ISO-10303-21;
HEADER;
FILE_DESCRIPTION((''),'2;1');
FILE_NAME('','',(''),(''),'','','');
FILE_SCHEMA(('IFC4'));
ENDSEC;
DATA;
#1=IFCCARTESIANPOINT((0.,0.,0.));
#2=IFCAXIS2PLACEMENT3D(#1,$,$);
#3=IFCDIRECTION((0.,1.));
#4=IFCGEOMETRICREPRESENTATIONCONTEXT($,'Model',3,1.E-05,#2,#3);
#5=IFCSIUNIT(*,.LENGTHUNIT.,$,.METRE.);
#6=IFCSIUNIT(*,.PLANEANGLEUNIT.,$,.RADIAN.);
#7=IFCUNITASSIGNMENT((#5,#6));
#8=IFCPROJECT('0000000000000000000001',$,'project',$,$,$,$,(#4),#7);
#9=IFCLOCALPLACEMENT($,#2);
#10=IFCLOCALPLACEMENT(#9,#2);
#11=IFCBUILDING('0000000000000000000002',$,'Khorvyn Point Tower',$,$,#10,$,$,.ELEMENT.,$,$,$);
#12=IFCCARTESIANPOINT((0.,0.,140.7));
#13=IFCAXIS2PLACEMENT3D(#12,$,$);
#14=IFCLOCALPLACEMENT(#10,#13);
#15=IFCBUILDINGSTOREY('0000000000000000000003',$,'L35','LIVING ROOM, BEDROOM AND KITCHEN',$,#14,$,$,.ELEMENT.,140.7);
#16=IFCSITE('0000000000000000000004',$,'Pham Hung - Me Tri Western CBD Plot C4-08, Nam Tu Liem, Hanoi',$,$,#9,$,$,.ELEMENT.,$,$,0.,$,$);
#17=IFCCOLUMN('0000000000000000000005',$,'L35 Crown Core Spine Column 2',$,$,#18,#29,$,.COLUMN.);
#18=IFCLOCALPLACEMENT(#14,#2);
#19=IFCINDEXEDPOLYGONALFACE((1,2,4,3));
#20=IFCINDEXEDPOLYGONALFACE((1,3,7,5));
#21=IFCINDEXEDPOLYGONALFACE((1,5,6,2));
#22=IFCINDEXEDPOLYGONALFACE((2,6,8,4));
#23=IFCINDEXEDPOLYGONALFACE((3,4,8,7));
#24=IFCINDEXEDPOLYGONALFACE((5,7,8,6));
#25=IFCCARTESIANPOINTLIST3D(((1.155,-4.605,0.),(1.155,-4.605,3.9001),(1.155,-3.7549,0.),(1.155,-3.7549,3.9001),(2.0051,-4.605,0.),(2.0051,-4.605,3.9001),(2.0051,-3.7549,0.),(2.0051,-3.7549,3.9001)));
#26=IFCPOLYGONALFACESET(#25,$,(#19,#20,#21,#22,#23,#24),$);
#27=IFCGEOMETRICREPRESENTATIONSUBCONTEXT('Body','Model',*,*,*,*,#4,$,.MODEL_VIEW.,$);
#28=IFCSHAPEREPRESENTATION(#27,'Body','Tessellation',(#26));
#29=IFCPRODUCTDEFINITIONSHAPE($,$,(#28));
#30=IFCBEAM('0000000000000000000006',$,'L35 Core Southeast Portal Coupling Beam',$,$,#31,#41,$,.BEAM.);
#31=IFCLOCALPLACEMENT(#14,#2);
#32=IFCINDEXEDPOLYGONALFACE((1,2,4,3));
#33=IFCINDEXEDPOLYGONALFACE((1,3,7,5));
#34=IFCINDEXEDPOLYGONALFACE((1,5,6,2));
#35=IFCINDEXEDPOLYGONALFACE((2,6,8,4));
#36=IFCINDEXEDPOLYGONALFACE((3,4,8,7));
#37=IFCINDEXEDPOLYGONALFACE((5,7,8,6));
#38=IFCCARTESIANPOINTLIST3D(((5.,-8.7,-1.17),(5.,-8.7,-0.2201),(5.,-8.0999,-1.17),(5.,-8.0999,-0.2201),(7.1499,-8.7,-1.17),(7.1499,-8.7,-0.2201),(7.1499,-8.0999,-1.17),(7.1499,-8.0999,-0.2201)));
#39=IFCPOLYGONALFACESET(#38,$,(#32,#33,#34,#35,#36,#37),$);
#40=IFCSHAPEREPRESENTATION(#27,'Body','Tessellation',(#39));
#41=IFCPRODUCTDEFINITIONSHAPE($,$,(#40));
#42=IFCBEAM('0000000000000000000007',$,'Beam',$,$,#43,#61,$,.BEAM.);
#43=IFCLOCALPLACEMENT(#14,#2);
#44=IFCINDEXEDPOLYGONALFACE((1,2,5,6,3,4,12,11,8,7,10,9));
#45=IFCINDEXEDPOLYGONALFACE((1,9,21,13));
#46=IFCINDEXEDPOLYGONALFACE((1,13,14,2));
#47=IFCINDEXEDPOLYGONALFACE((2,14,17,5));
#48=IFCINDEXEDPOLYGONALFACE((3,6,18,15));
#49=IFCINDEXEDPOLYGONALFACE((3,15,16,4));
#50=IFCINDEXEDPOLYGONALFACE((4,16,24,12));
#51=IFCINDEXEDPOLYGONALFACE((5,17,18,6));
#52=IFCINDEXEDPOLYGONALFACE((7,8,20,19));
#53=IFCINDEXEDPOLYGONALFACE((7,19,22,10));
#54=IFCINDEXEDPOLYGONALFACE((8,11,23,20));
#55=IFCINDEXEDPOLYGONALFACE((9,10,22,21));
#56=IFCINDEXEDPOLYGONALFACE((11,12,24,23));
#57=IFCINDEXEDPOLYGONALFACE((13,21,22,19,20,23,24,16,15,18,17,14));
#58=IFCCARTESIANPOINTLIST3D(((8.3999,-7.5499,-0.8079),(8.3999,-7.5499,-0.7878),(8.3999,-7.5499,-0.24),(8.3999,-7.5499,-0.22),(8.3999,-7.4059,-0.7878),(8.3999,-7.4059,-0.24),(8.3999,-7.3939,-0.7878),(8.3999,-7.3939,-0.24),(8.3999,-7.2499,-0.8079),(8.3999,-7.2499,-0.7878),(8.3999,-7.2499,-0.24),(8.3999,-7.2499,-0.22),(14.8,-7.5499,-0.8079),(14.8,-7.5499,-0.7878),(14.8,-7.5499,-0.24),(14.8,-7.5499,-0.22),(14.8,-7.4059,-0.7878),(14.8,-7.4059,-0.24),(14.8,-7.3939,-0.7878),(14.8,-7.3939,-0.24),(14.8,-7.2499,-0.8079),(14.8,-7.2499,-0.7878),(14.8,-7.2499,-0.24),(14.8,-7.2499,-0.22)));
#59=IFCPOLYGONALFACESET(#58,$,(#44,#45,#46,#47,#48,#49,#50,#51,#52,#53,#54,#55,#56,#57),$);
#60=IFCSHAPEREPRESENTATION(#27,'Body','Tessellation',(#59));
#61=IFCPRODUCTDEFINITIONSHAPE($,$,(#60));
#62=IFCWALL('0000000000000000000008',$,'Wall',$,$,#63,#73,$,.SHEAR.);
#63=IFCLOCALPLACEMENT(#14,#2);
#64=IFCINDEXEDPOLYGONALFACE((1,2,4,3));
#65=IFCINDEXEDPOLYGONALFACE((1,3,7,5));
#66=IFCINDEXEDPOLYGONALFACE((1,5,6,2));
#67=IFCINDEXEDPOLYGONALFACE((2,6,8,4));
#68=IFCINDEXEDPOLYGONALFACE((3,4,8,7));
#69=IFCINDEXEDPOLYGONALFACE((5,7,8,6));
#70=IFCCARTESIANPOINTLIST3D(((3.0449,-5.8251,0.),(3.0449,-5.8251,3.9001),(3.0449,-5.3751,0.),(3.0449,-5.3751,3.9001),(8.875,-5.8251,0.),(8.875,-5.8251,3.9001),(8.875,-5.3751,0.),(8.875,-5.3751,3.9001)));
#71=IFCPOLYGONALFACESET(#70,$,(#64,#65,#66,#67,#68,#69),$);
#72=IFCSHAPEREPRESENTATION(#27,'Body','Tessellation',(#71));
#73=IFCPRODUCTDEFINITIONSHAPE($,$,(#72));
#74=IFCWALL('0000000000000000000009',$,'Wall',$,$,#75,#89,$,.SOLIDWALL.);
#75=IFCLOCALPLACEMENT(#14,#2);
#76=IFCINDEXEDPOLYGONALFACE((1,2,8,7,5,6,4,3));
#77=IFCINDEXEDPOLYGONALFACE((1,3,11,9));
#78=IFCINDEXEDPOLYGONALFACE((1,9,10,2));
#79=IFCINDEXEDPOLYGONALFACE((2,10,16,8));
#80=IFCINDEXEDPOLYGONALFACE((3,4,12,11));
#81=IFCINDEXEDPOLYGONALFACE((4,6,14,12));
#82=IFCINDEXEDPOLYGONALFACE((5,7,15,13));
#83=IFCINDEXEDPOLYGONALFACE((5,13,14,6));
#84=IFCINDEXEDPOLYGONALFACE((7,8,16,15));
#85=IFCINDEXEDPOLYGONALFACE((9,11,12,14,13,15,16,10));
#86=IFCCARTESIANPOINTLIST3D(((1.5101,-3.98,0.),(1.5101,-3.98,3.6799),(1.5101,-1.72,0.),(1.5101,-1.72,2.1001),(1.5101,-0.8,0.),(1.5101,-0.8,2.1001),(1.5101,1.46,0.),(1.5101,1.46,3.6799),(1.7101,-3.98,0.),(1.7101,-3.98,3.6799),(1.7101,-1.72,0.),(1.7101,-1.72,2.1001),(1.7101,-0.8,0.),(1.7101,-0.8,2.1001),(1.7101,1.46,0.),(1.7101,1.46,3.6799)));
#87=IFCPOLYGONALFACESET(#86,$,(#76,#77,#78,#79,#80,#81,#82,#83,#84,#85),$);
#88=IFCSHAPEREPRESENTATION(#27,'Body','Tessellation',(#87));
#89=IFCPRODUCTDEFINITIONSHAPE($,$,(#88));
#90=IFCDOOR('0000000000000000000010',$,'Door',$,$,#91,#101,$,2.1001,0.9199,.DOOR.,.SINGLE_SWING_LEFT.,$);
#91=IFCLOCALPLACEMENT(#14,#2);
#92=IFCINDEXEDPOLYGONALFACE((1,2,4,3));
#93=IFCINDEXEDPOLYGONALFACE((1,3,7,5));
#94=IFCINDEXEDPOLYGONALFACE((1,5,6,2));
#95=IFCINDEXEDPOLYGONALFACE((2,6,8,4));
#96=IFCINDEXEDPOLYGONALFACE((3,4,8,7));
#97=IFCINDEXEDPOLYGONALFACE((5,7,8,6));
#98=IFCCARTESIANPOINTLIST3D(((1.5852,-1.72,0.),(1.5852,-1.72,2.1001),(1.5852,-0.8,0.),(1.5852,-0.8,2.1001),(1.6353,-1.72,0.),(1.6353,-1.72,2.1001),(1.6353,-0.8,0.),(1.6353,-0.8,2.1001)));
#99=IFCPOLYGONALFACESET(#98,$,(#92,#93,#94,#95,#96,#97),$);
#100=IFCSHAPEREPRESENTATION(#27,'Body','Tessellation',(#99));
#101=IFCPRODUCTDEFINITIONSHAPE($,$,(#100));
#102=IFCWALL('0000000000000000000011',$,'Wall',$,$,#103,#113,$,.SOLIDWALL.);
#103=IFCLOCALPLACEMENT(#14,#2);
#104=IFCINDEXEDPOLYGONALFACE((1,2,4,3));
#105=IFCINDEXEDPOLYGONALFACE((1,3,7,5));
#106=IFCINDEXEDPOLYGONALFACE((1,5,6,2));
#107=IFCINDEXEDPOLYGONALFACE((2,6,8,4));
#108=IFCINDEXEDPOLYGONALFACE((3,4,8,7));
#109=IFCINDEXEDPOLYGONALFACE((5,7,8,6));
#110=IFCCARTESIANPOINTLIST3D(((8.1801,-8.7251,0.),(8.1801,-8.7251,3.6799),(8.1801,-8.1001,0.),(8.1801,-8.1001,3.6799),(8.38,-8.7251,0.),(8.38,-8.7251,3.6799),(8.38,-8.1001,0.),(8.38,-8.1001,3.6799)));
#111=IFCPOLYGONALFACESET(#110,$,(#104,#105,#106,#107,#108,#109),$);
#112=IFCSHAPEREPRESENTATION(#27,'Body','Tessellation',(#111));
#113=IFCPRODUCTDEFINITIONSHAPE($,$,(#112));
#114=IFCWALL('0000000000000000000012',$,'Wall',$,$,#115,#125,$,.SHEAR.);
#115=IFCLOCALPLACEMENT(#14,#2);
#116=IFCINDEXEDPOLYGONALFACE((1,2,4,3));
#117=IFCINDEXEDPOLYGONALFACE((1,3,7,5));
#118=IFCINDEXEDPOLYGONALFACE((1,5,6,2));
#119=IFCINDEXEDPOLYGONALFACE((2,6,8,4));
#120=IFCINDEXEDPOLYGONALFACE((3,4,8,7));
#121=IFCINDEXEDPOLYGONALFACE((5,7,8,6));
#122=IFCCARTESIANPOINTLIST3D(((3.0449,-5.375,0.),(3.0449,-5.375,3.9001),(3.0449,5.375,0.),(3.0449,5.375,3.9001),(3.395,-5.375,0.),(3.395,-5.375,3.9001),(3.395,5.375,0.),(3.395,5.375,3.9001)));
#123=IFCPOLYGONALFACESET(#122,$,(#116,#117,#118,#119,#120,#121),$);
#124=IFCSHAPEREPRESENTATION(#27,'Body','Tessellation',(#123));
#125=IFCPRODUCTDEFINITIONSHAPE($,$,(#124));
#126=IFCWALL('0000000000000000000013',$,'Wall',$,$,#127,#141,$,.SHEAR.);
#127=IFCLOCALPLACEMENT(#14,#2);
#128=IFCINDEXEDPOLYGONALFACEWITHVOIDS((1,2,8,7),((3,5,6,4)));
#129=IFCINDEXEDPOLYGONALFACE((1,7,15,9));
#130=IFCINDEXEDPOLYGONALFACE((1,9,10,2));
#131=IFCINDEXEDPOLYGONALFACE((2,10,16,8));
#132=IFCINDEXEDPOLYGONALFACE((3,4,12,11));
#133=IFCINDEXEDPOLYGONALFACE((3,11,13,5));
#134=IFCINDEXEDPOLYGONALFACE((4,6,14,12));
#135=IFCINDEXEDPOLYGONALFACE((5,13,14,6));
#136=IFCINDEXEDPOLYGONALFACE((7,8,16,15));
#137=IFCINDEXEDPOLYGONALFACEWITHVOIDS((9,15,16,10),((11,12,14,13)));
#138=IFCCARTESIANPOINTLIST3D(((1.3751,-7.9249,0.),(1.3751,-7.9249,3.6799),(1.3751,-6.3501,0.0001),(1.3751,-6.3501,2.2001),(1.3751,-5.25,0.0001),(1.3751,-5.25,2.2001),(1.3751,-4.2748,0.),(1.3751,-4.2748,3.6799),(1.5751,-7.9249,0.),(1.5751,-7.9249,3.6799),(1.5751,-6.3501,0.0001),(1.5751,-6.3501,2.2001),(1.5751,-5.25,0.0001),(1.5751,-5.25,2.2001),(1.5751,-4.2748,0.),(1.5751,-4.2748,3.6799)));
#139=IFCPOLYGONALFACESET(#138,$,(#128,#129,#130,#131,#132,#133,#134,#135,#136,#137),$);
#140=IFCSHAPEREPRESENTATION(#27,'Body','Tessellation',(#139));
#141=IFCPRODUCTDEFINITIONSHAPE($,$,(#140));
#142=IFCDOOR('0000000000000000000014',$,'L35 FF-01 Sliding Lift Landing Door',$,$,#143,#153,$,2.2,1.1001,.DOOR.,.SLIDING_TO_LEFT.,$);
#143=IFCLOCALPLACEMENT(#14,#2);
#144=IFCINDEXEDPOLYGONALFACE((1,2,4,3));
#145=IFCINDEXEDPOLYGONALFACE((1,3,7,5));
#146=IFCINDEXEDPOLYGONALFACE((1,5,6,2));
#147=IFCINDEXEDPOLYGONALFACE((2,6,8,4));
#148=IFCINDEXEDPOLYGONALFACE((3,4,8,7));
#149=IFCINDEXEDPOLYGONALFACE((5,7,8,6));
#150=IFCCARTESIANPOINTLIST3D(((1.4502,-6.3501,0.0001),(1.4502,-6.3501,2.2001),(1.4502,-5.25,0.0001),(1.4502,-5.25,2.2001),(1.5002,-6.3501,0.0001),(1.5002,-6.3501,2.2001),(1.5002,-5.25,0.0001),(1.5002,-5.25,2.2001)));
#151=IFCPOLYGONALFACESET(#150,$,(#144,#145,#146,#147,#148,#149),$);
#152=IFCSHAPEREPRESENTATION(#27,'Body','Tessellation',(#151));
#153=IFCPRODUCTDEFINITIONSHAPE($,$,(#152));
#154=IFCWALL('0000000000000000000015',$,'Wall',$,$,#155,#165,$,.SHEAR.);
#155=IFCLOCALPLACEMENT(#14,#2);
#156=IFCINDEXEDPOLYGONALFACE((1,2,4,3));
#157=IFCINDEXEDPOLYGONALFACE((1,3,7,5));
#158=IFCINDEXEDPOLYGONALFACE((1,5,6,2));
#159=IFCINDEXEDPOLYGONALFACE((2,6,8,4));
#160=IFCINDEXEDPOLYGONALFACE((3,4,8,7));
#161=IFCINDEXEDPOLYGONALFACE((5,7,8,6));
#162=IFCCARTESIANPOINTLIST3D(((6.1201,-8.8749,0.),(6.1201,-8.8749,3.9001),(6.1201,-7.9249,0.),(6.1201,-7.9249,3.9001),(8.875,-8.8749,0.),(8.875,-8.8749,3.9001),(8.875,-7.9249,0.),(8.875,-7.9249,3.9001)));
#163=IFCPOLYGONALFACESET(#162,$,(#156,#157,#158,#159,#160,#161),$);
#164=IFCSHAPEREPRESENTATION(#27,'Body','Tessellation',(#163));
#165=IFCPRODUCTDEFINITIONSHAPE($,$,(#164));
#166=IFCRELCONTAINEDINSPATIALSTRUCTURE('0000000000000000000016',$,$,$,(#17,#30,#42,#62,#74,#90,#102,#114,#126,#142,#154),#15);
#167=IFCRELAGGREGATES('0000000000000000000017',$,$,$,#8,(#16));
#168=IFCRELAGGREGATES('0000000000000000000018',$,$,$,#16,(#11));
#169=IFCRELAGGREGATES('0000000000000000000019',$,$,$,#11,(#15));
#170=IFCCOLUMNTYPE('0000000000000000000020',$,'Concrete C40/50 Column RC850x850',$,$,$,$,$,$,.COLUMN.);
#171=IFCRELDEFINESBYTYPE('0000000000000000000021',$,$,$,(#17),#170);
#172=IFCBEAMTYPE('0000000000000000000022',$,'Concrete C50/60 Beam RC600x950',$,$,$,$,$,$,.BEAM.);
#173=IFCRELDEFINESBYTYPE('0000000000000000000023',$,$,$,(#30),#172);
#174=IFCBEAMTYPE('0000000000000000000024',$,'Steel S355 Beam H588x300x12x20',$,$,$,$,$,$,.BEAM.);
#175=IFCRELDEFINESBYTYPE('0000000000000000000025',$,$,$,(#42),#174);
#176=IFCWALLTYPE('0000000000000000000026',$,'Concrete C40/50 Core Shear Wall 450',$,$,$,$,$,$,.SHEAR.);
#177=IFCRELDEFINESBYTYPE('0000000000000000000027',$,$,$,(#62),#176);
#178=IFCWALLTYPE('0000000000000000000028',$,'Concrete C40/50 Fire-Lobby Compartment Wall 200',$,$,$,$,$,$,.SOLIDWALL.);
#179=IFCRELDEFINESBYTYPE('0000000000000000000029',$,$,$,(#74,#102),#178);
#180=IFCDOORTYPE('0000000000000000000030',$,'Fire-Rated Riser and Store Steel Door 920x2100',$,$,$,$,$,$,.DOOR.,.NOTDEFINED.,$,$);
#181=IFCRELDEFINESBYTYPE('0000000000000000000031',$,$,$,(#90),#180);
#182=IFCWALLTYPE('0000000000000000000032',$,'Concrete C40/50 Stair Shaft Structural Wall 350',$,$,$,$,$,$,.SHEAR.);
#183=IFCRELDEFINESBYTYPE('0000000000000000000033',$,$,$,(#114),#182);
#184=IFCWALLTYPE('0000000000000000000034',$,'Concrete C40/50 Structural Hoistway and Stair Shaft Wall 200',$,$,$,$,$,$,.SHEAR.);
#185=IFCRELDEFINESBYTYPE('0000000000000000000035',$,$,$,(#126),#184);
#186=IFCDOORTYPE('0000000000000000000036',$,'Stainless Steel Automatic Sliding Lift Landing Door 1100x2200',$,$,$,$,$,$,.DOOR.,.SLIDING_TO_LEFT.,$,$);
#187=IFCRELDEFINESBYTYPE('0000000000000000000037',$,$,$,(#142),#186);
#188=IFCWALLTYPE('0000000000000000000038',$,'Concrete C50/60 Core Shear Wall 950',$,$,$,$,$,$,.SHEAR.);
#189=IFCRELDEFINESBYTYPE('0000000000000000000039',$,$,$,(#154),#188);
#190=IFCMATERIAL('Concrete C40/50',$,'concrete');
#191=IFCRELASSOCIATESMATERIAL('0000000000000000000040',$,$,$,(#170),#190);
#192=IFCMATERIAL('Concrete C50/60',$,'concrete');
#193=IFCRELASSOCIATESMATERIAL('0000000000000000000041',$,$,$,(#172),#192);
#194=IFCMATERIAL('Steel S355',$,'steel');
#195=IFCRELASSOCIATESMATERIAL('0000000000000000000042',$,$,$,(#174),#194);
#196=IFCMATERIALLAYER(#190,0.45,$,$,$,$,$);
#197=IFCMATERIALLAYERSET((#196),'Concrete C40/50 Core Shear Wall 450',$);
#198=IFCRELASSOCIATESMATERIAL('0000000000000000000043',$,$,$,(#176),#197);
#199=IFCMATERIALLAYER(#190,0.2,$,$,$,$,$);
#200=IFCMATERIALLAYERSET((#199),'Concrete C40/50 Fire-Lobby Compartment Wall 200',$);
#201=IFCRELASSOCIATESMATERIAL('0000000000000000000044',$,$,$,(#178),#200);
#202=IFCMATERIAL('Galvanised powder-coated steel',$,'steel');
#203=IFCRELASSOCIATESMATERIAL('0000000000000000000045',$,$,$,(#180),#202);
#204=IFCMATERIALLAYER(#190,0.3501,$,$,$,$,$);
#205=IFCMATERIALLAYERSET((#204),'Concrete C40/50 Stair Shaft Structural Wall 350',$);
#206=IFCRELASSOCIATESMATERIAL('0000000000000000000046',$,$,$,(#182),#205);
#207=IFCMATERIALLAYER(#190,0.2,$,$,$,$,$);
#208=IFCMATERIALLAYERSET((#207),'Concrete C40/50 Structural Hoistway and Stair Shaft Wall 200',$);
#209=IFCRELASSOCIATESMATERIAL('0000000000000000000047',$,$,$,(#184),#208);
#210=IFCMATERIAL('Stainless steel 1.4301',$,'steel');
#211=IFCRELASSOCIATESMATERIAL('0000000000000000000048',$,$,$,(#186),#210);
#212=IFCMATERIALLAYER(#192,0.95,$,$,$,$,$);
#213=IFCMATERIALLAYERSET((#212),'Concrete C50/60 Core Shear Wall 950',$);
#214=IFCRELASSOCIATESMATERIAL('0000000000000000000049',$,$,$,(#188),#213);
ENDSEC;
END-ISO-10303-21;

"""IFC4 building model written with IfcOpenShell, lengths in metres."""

from ifc_helpers import new_model, si_unit, direction, frame, frame_2d, origin, origin_2d, place, context, subcontext, project, spatial, rectangle, i_section, extrude, material, layer, layer_set, material_profile, profile_set, type_object, element, fill, save


model = new_model("IFC4")

# Units and contexts
model_context = context("Model", 3, precision=1e-05, world=origin(), true_north=direction((0.0, 1.0)))
body_context = subcontext(model_context, "Body", "Model", "MODEL_VIEW")
ifc_project = project(units=[si_unit("LENGTHUNIT", "METRE"), si_unit("PLANEANGLEUNIT", "RADIAN")], contexts=[model_context])

# Site, building, storey
site_placement = place(None, origin())
site = spatial("IfcSite", under=ifc_project, at=site_placement, Name="Pham Hung - Me Tri Western CBD Plot C4-08, Nam Tu Liem, Hanoi", CompositionType="ELEMENT", RefElevation=0.0)
building_placement = place(site_placement, origin())
building = spatial("IfcBuilding", under=site, at=building_placement, Name="Khorvyn Point Tower", CompositionType="ELEMENT")
storey_placement = place(building_placement, frame((0.0, 0.0, 140.7)))
storey = spatial("IfcBuildingStorey", under=building, at=storey_placement, Name="L35", Description="LIVING ROOM, BEDROOM AND KITCHEN", CompositionType="ELEMENT", Elevation=140.7)

# Column
ifc_material_1 = material(Name="Concrete C40/50", Category="concrete")
ifc_material_profile_1 = material_profile(ifc_material_1, rectangle(XDim=0.8501, YDim=0.8501, at=origin_2d()))
ifc_profile_set_1 = profile_set([ifc_material_profile_1], Name="Concrete C40/50 RC850x850")
column_type = type_object("IfcColumnType", Name="Concrete C40/50 Column RC850x850", PredefinedType="COLUMN", material=ifc_profile_set_1)
column_placement = place(storey_placement, frame((1.5801, -4.1799, 0.0), z_axis=(0.0, 0.0, 1.0), x_axis=(1.0, 0.0, 0.0)))
element("IfcColumn", 1, at=column_placement, inside=storey, type_object=column_type, Name="L35 Crown Core Spine Column 2", PredefinedType="COLUMN", context=body_context, shape_type="SweptSolid", body=[
    extrude(rectangle(XDim=0.8501, YDim=0.8501, at=origin_2d()), origin(), (0.0, 0.0, 1.0), 3.9001),
])

# Beams
ifc_material_2 = material(Name="Concrete C50/60", Category="concrete")
ifc_material_profile_2 = material_profile(ifc_material_2, rectangle(XDim=0.6001, YDim=0.95, at=origin_2d()))
ifc_profile_set_2 = profile_set([ifc_material_profile_2], Name="Concrete C50/60 RC600x950")
beam_type_1 = type_object("IfcBeamType", Name="Concrete C50/60 Beam RC600x950", PredefinedType="BEAM", material=ifc_profile_set_2)
beam_1_placement = place(storey_placement, frame((5.0, -8.3999, -0.6951), z_axis=(1.0, 0.0, 0.0), x_axis=(0.0, 1.0, 0.0)))
element("IfcBeam", 2, at=beam_1_placement, inside=storey, type_object=beam_type_1, Name="L35 Core Southeast Portal Coupling Beam", PredefinedType="BEAM", context=body_context, shape_type="SweptSolid", body=[
    extrude(rectangle(XDim=0.6001, YDim=0.95, at=origin_2d()), origin(), (0.0, 0.0, 1.0), 2.1499),
])
ifc_material_3 = material(Name="Steel S355", Category="steel")
ifc_material_profile_3 = material_profile(ifc_material_3, i_section(OverallWidth=0.3, OverallDepth=0.5879, WebThickness=0.012, FlangeThickness=0.02, at=origin_2d()))
ifc_profile_set_3 = profile_set([ifc_material_profile_3], Name="Steel S355 H588x300x12x20")
beam_type_2 = type_object("IfcBeamType", Name="Steel S355 Beam H588x300x12x20", PredefinedType="BEAM", material=ifc_profile_set_3)
beam_2_placement = place(storey_placement, frame((8.3999, -7.3999, -0.5139), z_axis=(1.0, 0.0, 0.0), x_axis=(0.0, 1.0, 0.0)))
element("IfcBeam", 3, at=beam_2_placement, inside=storey, type_object=beam_type_2, Name="Beam", PredefinedType="BEAM", context=body_context, shape_type="SweptSolid", body=[
    extrude(i_section(OverallWidth=0.3, OverallDepth=0.5879, WebThickness=0.012, FlangeThickness=0.02, at=origin_2d()), origin(), (0.0, 0.0, 1.0), 6.4001),
])

# Wall
ifc_layer_1 = layer(ifc_material_1, 0.45)
ifc_layer_set_1 = layer_set([ifc_layer_1], Name="Concrete C40/50 Core Shear Wall 450")
wall_type_1 = type_object("IfcWallType", Name="Concrete C40/50 Core Shear Wall 450", PredefinedType="SHEAR", material=ifc_layer_set_1)
wall_1_placement = place(storey_placement, frame((3.0449, -5.6001, 0.0), z_axis=(0.0, 0.0, 1.0), x_axis=(1.0, 0.0, 0.0)))
element("IfcWall", 4, at=wall_1_placement, inside=storey, type_object=wall_type_1, Name="Wall", PredefinedType="SHEAR", context=body_context, shape_type="SweptSolid", body=[
    extrude(rectangle(XDim=5.8301, YDim=0.45, at=frame_2d((2.915, 0.0))), origin(), (0.0, 0.0, 1.0), 3.9001),
])

# Wall, opening, door
ifc_layer_2 = layer(ifc_material_1, 0.2)
ifc_layer_set_2 = layer_set([ifc_layer_2], Name="Concrete C40/50 Fire-Lobby Compartment Wall 200")
wall_type_2 = type_object("IfcWallType", Name="Concrete C40/50 Fire-Lobby Compartment Wall 200", PredefinedType="SOLIDWALL", material=ifc_layer_set_2)
ifc_material_4 = material(Name="Galvanised powder-coated steel", Category="steel")
wall_2_placement = place(storey_placement, frame((1.6101, -3.98, 0.0), z_axis=(0.0, 0.0, 1.0), x_axis=(0.0, 1.0, 0.0)))
wall_2 = element("IfcWall", 5, at=wall_2_placement, inside=storey, type_object=wall_type_2, Name="Wall", PredefinedType="SOLIDWALL", context=body_context, shape_type="SweptSolid", body=[
    extrude(rectangle(XDim=5.4399, YDim=0.2, at=frame_2d((2.72, 0.0))), origin(), (0.0, 0.0, 1.0), 3.6799),
])
opening_1_placement = place(wall_2_placement, frame((2.26, 0.0, 0.0)))
opening_1 = element("IfcOpeningElement", 6, at=opening_1_placement, cuts=wall_2, PredefinedType="OPENING", context=body_context, shape_type="SweptSolid", body=[
    extrude(rectangle(XDim=0.9199, YDim=2.1001, at=frame_2d((0.46, 1.05))), frame((0.0, 0.1099, 0.0), z_axis=(0.0, -1.0, 0.0), x_axis=(1.0, 0.0, 0.0)), (0.0, 0.0, 1.0), 0.22),
])
door_type_1 = type_object("IfcDoorType", Name="Fire-Rated Riser and Store Steel Door 920x2100", OperationType="NOTDEFINED", PredefinedType="DOOR", material=ifc_material_4)
door_1_placement = place(opening_1_placement, origin())
door_1 = element("IfcDoor", 7, at=door_1_placement, inside=storey, type_object=door_type_1, Name="Door", OperationType="SINGLE_SWING_LEFT", OverallHeight=2.1001, OverallWidth=0.9199, PredefinedType="DOOR", context=body_context, shape_type="SweptSolid", body=[
    extrude(rectangle(XDim=0.9199, YDim=2.1001, at=frame_2d((0.46, 1.05))), frame((0.0, 0.0249, 0.0), z_axis=(0.0, -1.0, 0.0), x_axis=(1.0, 0.0, 0.0)), (0.0, 0.0, 1.0), 0.05),
])
fill(opening_1, door_1)

# Walls
wall_3_placement = place(storey_placement, frame((8.28, -8.7251, 0.0), z_axis=(0.0, 0.0, 1.0), x_axis=(0.0, 1.0, 0.0)))
element("IfcWall", 8, at=wall_3_placement, inside=storey, type_object=wall_type_2, Name="Wall", PredefinedType="SOLIDWALL", context=body_context, shape_type="SweptSolid", body=[
    extrude(rectangle(XDim=0.625, YDim=0.2, at=frame_2d((0.3125, 0.0))), origin(), (0.0, 0.0, 1.0), 3.6799),
])
ifc_layer_3 = layer(ifc_material_1, 0.3501)
ifc_layer_set_3 = layer_set([ifc_layer_3], Name="Concrete C40/50 Stair Shaft Structural Wall 350")
wall_type_3 = type_object("IfcWallType", Name="Concrete C40/50 Stair Shaft Structural Wall 350", PredefinedType="SHEAR", material=ifc_layer_set_3)
wall_4_placement = place(storey_placement, frame((3.22, -5.375, 0.0), z_axis=(0.0, 0.0, 1.0), x_axis=(0.0, 1.0, 0.0)))
element("IfcWall", 9, at=wall_4_placement, inside=storey, type_object=wall_type_3, Name="Wall", PredefinedType="SHEAR", context=body_context, shape_type="SweptSolid", body=[
    extrude(rectangle(XDim=10.75, YDim=0.3501, at=frame_2d((5.375, 0.0))), origin(), (0.0, 0.0, 1.0), 3.9001),
])

# Wall, opening, door
ifc_layer_4 = layer(ifc_material_1, 0.2)
ifc_layer_set_4 = layer_set([ifc_layer_4], Name="Concrete C40/50 Structural Hoistway and Stair Shaft Wall 200")
wall_type_4 = type_object("IfcWallType", Name="Concrete C40/50 Structural Hoistway and Stair Shaft Wall 200", PredefinedType="SHEAR", material=ifc_layer_set_4)
wall_5_placement = place(storey_placement, frame((1.4751, -7.925, 0.0), z_axis=(0.0, 0.0, 1.0), x_axis=(0.0, 1.0, 0.0)))
wall_5 = element("IfcWall", 10, at=wall_5_placement, inside=storey, type_object=wall_type_4, Name="Wall", PredefinedType="SHEAR", context=body_context, shape_type="SweptSolid", body=[
    extrude(rectangle(XDim=3.6501, YDim=0.2, at=frame_2d((1.8252, 0.0))), origin(), (0.0, 0.0, 1.0), 3.6799),
])
opening_2_placement = place(wall_5_placement, frame((1.575, 0.0, 0.0)))
opening_2 = element("IfcOpeningElement", 11, at=opening_2_placement, cuts=wall_5, PredefinedType="OPENING", context=body_context, shape_type="SweptSolid", body=[
    extrude(rectangle(XDim=1.1001, YDim=2.2, at=frame_2d((0.55, 1.1001))), frame((0.0, 0.1099, 0.0), z_axis=(0.0, -1.0, 0.0), x_axis=(1.0, 0.0, 0.0)), (0.0, 0.0, 1.0), 0.22),
])
ifc_material_5 = material(Name="Stainless steel 1.4301", Category="steel")
door_type_2 = type_object("IfcDoorType", Name="Stainless Steel Automatic Sliding Lift Landing Door 1100x2200", OperationType="SLIDING_TO_LEFT", PredefinedType="DOOR", material=ifc_material_5)
door_2_placement = place(opening_2_placement, origin())
door_2 = element("IfcDoor", 12, at=door_2_placement, inside=storey, type_object=door_type_2, Name="L35 FF-01 Sliding Lift Landing Door", OperationType="SLIDING_TO_LEFT", OverallHeight=2.2, OverallWidth=1.1001, PredefinedType="DOOR", context=body_context, shape_type="SweptSolid", body=[
    extrude(rectangle(XDim=1.1001, YDim=2.2, at=frame_2d((0.55, 1.1001))), frame((0.0, 0.0249, 0.0), z_axis=(0.0, -1.0, 0.0), x_axis=(1.0, 0.0, 0.0)), (0.0, 0.0, 1.0), 0.05),
])
fill(opening_2, door_2)

# Wall
ifc_layer_5 = layer(ifc_material_2, 0.95)
ifc_layer_set_5 = layer_set([ifc_layer_5], Name="Concrete C50/60 Core Shear Wall 950")
wall_type_5 = type_object("IfcWallType", Name="Concrete C50/60 Core Shear Wall 950", PredefinedType="SHEAR", material=ifc_layer_set_5)
wall_6_placement = place(storey_placement, frame((6.1201, -8.3999, 0.0), z_axis=(0.0, 0.0, 1.0), x_axis=(1.0, 0.0, 0.0)))
element("IfcWall", 13, at=wall_6_placement, inside=storey, type_object=wall_type_5, Name="Wall", PredefinedType="SHEAR", context=body_context, shape_type="SweptSolid", body=[
    extrude(rectangle(XDim=2.7549, YDim=0.95, at=frame_2d((1.3774, 0.0))), origin(), (0.0, 0.0, 1.0), 3.9001),
])

save(model, "model.ifc")
